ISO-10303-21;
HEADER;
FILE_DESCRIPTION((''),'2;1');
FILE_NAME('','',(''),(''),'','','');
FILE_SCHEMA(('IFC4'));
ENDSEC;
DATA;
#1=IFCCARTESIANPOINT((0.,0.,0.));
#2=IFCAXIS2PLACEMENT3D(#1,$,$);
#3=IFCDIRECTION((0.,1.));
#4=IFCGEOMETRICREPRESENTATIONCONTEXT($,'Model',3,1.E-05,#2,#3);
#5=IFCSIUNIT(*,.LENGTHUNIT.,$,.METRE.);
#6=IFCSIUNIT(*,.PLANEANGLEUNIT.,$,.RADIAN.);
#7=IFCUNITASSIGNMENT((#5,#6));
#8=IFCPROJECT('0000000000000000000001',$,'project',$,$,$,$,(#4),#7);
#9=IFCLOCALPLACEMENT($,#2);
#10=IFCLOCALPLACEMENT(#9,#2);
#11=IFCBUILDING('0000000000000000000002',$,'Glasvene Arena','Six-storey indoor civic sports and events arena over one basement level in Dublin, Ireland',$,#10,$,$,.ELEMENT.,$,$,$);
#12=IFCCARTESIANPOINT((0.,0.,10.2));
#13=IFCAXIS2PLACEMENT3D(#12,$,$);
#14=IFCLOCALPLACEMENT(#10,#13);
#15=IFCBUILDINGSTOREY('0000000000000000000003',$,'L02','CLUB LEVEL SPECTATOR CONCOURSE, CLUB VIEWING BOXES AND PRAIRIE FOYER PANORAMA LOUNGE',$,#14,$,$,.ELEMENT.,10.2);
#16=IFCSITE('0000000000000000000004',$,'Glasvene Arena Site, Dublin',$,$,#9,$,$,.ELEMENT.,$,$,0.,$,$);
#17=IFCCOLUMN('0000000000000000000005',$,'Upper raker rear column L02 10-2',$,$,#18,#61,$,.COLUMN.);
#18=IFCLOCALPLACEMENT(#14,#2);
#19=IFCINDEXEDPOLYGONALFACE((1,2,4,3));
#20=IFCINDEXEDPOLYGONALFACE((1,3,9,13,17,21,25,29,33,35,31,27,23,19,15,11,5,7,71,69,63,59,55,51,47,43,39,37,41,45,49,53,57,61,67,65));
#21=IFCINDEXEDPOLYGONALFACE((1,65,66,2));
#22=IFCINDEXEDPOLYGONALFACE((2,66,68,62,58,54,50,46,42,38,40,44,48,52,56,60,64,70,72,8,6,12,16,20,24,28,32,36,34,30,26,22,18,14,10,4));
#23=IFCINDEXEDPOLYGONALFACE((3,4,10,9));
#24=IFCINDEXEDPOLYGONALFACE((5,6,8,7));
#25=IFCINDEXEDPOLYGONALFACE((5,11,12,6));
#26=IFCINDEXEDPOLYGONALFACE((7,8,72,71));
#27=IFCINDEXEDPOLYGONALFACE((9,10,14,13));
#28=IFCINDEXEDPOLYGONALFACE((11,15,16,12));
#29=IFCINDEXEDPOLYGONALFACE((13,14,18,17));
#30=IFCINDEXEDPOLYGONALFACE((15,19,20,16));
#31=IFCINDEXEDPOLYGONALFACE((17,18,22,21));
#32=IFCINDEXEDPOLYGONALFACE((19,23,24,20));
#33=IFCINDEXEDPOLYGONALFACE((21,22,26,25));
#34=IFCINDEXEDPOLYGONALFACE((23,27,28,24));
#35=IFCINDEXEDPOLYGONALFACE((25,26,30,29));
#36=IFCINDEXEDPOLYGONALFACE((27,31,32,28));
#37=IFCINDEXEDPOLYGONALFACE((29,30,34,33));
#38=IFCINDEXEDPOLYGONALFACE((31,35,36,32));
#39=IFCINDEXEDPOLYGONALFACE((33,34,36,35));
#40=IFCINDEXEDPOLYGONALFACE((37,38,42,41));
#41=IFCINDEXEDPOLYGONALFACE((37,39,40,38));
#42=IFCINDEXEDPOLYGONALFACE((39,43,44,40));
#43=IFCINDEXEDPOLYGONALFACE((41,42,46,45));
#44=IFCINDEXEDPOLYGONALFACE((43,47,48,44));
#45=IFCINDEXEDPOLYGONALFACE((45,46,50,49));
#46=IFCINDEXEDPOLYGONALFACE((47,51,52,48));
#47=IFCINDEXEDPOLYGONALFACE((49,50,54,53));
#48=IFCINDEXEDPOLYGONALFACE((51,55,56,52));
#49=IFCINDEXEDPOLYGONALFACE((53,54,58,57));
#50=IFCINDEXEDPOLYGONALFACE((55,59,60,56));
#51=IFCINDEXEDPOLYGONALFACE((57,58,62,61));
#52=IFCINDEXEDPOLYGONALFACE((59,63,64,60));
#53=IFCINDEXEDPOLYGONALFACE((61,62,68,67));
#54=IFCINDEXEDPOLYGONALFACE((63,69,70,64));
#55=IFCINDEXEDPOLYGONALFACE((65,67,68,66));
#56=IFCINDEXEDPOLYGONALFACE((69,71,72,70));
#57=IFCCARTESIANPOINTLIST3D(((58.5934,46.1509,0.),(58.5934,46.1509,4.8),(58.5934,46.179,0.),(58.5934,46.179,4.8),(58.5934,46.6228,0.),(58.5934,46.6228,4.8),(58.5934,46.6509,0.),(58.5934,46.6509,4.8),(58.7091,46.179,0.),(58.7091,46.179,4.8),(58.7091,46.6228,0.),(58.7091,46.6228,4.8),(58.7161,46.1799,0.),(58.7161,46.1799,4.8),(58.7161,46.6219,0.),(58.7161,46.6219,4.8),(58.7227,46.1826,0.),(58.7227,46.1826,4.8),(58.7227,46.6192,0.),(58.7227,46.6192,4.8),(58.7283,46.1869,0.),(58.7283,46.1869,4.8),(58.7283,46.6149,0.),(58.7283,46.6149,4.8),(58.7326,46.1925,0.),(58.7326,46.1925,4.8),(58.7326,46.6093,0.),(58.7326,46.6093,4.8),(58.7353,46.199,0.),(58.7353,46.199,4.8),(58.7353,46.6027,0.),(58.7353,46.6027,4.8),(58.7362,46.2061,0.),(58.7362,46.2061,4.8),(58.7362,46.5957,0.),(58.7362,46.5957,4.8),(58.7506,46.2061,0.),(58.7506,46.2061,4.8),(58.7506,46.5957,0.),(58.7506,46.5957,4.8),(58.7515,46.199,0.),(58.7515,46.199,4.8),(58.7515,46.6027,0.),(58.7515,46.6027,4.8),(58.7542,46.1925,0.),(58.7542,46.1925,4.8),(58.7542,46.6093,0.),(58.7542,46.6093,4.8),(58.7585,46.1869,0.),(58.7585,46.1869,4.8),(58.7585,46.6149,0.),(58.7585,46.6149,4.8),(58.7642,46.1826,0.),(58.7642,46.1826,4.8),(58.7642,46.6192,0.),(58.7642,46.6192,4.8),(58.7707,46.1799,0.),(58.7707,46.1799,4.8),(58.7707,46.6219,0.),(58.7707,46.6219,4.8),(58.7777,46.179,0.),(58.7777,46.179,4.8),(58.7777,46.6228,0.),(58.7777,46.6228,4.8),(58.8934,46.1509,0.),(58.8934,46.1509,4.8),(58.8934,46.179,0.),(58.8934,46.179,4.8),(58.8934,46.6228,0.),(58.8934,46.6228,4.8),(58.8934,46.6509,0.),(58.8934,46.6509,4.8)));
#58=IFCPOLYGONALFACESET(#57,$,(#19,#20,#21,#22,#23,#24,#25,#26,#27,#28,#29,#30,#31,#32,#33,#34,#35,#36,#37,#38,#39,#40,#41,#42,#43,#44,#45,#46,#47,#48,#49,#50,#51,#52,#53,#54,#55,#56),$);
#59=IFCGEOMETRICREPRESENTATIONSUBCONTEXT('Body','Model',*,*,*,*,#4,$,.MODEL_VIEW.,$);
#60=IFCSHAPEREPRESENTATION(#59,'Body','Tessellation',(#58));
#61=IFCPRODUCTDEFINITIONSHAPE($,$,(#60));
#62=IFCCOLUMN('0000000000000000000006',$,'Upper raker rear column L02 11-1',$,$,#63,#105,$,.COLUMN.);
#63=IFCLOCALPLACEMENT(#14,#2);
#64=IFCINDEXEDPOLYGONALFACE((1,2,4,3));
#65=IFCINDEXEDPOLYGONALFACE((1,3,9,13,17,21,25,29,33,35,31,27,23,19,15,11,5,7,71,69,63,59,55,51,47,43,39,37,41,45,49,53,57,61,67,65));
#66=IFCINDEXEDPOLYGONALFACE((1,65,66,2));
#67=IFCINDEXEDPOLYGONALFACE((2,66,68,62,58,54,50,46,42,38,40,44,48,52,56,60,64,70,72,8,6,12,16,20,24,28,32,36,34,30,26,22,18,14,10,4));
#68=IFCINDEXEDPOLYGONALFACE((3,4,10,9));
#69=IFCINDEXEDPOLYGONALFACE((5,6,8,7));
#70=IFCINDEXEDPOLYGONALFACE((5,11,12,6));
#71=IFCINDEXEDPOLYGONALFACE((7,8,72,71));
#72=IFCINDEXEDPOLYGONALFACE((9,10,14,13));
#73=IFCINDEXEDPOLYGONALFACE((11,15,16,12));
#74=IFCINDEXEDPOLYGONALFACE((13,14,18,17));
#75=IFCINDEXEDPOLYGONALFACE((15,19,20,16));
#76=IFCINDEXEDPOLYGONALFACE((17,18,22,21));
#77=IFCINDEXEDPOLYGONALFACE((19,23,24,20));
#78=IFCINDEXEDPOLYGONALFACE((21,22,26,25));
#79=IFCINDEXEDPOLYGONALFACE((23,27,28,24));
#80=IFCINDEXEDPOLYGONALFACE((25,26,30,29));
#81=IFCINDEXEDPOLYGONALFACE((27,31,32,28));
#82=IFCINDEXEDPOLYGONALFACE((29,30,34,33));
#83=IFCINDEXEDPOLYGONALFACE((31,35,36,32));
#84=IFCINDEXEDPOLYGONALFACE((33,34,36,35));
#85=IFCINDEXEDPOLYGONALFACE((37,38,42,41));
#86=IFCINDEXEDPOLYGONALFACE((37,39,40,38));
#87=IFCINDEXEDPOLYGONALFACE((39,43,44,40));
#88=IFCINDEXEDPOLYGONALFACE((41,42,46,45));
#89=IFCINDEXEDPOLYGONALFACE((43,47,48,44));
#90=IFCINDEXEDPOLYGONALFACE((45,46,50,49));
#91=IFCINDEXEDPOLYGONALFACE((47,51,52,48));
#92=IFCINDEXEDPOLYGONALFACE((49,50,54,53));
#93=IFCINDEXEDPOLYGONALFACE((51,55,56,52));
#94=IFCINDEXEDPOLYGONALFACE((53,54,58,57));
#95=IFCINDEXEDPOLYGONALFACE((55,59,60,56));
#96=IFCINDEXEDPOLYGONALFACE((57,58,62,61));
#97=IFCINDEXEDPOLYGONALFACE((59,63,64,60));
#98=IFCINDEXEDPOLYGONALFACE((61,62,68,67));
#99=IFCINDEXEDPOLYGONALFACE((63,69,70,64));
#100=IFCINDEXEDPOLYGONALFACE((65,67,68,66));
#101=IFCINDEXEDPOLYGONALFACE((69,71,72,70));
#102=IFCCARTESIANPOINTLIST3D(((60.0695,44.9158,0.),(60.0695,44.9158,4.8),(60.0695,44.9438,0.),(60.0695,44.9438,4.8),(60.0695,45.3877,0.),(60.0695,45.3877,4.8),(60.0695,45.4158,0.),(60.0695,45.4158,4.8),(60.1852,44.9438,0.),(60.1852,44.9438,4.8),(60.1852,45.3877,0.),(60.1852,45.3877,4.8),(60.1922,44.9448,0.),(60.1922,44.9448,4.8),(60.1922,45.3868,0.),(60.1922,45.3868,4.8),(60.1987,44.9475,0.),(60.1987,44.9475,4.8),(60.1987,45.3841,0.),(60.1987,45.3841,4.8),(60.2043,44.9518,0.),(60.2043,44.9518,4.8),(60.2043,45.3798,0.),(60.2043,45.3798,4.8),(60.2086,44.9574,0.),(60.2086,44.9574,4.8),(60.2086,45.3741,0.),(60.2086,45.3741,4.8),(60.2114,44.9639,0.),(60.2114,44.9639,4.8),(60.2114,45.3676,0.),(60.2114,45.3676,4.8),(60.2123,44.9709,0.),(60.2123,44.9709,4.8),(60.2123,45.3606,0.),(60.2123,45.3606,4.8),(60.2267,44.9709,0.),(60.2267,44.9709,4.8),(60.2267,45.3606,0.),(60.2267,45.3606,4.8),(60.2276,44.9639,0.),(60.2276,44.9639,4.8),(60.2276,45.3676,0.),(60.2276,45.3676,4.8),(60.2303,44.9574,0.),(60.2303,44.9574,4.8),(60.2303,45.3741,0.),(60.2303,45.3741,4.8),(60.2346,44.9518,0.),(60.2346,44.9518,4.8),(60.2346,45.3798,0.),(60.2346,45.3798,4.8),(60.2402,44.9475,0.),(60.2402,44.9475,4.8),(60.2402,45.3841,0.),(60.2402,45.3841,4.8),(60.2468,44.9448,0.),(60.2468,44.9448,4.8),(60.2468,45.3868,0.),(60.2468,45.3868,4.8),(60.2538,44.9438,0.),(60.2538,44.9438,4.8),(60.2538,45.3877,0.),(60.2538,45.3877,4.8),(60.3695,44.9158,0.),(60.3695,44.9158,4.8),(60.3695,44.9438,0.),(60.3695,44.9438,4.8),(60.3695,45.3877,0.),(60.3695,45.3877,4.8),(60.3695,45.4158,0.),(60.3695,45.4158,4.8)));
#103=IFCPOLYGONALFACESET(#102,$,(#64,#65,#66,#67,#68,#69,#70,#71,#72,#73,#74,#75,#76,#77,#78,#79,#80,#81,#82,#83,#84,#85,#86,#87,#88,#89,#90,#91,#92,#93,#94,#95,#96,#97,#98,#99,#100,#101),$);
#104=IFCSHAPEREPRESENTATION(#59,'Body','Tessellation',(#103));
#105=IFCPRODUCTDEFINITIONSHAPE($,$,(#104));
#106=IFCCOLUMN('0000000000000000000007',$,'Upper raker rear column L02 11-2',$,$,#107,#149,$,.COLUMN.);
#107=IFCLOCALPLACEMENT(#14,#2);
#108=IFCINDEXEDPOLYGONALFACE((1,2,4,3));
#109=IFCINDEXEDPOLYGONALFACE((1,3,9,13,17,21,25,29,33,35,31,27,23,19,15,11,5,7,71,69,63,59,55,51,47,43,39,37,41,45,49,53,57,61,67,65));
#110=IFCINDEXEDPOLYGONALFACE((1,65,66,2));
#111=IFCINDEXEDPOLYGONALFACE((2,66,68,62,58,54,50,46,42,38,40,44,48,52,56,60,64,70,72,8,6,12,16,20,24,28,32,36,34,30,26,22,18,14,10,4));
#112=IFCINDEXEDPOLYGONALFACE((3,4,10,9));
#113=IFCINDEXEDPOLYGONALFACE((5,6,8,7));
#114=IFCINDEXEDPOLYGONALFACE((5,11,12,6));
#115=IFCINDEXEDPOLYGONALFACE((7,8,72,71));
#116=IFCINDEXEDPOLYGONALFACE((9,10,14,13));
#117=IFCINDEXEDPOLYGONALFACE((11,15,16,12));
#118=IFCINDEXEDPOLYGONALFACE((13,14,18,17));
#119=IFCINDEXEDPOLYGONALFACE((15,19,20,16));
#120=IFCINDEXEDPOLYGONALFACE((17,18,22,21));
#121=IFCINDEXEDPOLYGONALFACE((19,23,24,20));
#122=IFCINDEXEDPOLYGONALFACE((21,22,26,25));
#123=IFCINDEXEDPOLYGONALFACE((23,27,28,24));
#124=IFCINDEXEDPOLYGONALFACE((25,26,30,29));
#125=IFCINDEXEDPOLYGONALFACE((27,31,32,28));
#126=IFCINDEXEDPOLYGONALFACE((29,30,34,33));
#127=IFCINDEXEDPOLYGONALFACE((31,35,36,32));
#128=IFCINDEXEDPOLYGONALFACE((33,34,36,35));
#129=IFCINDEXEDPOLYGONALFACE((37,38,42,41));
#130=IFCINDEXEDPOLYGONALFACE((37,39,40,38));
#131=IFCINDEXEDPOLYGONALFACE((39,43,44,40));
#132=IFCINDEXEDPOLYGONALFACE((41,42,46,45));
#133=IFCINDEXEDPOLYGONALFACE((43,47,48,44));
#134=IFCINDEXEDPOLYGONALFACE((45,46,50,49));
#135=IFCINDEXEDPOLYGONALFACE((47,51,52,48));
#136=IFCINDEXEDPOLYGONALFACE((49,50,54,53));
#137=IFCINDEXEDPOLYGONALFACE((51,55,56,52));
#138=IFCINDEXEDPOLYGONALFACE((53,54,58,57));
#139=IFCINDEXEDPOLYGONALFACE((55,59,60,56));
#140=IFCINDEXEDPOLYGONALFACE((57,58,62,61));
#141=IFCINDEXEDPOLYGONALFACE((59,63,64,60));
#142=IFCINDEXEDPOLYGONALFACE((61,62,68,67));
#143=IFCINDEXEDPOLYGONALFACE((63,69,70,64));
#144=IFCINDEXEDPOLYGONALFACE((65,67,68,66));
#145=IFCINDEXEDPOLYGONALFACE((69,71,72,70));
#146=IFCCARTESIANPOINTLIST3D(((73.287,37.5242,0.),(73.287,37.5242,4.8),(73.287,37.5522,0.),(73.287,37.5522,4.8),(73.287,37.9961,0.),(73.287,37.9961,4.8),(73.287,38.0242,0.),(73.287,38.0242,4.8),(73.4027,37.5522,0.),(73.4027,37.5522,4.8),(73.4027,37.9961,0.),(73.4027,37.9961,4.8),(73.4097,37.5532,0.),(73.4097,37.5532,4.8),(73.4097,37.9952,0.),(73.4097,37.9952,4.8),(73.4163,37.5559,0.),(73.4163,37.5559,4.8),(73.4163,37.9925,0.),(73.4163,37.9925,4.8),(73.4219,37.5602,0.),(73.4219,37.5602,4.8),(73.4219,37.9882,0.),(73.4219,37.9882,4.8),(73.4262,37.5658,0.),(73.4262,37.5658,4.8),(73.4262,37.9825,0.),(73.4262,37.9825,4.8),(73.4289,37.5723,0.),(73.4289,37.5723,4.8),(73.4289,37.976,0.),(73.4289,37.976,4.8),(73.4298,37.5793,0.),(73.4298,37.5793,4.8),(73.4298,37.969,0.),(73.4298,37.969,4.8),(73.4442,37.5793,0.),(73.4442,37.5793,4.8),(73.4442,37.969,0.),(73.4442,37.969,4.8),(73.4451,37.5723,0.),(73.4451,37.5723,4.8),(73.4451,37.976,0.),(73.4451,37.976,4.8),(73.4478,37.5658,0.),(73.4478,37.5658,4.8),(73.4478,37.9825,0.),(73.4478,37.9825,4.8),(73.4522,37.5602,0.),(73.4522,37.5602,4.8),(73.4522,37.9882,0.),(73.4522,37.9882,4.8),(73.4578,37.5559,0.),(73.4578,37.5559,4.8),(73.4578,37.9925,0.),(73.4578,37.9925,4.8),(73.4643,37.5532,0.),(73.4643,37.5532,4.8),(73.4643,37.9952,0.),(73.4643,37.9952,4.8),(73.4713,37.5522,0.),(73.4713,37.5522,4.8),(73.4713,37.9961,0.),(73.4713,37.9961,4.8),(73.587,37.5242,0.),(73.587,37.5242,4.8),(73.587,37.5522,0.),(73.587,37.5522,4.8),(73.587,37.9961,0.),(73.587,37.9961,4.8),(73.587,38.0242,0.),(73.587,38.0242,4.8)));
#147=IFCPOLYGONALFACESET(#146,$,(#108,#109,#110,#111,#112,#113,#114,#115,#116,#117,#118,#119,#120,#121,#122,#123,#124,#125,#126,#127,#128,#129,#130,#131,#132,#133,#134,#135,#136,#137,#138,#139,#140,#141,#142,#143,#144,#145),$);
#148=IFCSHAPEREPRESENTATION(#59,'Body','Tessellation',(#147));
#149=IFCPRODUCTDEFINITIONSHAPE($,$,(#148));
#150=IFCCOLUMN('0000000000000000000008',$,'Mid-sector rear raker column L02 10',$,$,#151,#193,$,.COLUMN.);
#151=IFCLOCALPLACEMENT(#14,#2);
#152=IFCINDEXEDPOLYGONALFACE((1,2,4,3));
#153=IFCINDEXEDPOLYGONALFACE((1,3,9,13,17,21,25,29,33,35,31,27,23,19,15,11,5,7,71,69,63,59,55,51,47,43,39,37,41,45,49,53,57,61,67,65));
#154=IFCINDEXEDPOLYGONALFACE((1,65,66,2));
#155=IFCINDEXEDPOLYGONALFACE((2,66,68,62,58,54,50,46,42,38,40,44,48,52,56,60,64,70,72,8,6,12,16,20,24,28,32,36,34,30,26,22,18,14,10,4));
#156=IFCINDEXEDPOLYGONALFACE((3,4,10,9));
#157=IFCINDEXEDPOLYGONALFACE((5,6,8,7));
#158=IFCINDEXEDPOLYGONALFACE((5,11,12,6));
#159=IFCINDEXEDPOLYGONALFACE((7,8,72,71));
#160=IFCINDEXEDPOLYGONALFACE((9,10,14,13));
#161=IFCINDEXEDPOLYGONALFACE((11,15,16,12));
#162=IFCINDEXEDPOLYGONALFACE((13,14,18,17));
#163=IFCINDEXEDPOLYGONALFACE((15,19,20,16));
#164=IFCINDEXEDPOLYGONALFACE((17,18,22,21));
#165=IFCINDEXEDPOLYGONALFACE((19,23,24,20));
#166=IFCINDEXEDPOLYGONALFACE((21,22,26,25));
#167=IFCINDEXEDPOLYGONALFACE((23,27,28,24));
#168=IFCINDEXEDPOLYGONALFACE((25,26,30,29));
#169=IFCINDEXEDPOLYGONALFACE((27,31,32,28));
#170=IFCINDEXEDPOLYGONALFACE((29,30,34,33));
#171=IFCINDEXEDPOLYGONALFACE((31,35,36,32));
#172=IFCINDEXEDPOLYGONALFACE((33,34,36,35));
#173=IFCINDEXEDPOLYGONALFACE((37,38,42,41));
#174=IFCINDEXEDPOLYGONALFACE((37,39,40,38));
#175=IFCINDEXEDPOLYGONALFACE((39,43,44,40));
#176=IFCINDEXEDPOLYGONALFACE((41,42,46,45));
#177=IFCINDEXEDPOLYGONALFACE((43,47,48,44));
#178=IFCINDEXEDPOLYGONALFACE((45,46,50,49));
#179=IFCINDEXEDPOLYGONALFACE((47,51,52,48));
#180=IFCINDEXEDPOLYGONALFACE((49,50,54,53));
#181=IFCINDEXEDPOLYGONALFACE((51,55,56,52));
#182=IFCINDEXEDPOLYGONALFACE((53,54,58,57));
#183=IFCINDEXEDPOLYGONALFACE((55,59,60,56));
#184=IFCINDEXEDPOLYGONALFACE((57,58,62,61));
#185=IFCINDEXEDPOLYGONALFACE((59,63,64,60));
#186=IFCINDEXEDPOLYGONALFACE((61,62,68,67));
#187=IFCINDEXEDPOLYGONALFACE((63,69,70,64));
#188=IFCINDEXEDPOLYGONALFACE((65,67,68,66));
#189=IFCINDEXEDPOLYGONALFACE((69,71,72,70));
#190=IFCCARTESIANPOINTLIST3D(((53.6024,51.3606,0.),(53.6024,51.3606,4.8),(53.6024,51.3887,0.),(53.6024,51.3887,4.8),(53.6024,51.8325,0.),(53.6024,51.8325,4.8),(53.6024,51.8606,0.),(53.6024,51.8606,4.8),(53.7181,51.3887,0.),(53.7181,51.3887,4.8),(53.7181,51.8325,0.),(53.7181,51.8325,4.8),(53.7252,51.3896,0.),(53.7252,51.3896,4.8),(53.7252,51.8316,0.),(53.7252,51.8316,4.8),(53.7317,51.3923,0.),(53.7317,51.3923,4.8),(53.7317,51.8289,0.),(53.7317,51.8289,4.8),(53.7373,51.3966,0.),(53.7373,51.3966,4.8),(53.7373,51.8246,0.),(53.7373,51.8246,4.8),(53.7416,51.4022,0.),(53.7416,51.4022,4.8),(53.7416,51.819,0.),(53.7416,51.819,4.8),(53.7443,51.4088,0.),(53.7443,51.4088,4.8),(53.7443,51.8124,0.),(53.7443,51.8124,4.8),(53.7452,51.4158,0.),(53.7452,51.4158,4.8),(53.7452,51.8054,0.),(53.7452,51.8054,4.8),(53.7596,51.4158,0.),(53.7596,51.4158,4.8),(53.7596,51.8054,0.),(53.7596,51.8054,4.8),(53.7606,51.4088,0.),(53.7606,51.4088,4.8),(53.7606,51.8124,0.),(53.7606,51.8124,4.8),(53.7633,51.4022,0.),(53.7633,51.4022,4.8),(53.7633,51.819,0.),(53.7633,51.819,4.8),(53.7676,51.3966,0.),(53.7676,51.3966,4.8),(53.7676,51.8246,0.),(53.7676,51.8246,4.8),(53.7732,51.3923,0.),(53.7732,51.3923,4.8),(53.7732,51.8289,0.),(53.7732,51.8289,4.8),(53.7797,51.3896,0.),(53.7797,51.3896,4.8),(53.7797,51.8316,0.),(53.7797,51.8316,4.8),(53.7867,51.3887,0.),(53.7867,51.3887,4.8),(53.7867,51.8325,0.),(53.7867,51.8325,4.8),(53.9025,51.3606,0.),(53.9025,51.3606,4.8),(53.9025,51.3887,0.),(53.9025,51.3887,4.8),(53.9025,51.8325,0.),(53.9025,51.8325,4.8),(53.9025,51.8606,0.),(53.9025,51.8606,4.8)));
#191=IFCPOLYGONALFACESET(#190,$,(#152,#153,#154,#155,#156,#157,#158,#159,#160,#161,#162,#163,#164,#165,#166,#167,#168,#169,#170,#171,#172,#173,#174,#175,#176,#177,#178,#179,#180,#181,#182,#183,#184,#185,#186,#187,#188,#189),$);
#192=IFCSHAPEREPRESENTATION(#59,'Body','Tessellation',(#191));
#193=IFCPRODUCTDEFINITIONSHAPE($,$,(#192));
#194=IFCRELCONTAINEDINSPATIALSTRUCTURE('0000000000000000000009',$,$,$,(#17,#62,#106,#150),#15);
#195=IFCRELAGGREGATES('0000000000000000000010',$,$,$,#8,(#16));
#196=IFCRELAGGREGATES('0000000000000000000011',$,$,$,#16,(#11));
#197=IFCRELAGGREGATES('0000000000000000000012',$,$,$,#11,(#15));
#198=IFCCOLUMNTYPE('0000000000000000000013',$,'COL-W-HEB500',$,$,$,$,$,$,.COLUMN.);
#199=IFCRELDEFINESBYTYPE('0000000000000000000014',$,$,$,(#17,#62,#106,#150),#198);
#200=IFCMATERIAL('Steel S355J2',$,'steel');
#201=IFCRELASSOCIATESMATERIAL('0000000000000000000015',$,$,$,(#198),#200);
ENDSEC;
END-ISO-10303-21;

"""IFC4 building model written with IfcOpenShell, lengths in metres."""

from ifc_helpers import new_model, si_unit, direction, frame, origin, origin_2d, place, context, subcontext, project, spatial, i_section, extrude, material, material_profile, profile_set, type_object, element, save


model = new_model("IFC4")

# Units and contexts
model_context = context("Model", 3, precision=1e-05, world=origin(), true_north=direction((0.0, 1.0)))
body_context = subcontext(model_context, "Body", "Model", "MODEL_VIEW")
ifc_project = project(units=[si_unit("LENGTHUNIT", "METRE"), si_unit("PLANEANGLEUNIT", "RADIAN")], contexts=[model_context])

# Site, building, storey
site_placement = place(None, origin())
site = spatial("IfcSite", under=ifc_project, at=site_placement, Name="Glasvene Arena Site, Dublin", CompositionType="ELEMENT", RefElevation=0.0)
building_placement = place(site_placement, origin())
building = spatial("IfcBuilding", under=site, at=building_placement, Name="Glasvene Arena", Description="Six-storey indoor civic sports and events arena over one basement level in Dublin, Ireland", CompositionType="ELEMENT")
storey_placement = place(building_placement, frame((0.0, 0.0, 10.2)))
storey = spatial("IfcBuildingStorey", under=building, at=storey_placement, Name="L02", Description="CLUB LEVEL SPECTATOR CONCOURSE, CLUB VIEWING BOXES AND PRAIRIE FOYER PANORAMA LOUNGE", CompositionType="ELEMENT", Elevation=10.2)

# Columns
ifc_material_1 = material(Name="Steel S355J2", Category="steel")
ifc_material_profile_1 = material_profile(ifc_material_1, i_section(OverallWidth=0.3, OverallDepth=0.5, WebThickness=0.0144, FlangeThickness=0.0281, FilletRadius=0.0271, at=origin_2d()), Name="HEB 500")
ifc_profile_set_1 = profile_set([ifc_material_profile_1], Name="Steel S355J2")
column_type_1 = type_object("IfcColumnType", Name="COL-W-HEB500", PredefinedType="COLUMN", material=ifc_profile_set_1)
for number, where, z_axis, x_axis, name in (
    (1, (58.7434, 46.4009, 0.0), (0.0, 0.0, 1.0), (1.0, 0.0, 0.0), "Upper raker rear column L02 10-2"),
    (2, (60.2195, 45.1658, 0.0), (0.0, 0.0, 1.0), (1.0, 0.0, 0.0), "Upper raker rear column L02 11-1"),
    (3, (73.437, 37.7742, 0.0), (0.0, 0.0, 1.0), (1.0, 0.0, 0.0), "Upper raker rear column L02 11-2"),
    (4, (53.7524, 51.6106, 0.0), (0.0, 0.0, 1.0), (1.0, 0.0, 0.0), "Mid-sector rear raker column L02 10"),
):
    element("IfcColumn", number, at=place(storey_placement, frame(where, z_axis=z_axis, x_axis=x_axis)), inside=storey, type_object=column_type_1, Name=name, PredefinedType="COLUMN", context=body_context, shape_type="SweptSolid", body=[
        extrude(i_section(OverallWidth=0.3, OverallDepth=0.5, WebThickness=0.0144, FlangeThickness=0.0281, FilletRadius=0.0271, at=origin_2d()), origin(), (0.0, 0.0, 1.0), 4.8),
    ])

save(model, "model.ifc")
